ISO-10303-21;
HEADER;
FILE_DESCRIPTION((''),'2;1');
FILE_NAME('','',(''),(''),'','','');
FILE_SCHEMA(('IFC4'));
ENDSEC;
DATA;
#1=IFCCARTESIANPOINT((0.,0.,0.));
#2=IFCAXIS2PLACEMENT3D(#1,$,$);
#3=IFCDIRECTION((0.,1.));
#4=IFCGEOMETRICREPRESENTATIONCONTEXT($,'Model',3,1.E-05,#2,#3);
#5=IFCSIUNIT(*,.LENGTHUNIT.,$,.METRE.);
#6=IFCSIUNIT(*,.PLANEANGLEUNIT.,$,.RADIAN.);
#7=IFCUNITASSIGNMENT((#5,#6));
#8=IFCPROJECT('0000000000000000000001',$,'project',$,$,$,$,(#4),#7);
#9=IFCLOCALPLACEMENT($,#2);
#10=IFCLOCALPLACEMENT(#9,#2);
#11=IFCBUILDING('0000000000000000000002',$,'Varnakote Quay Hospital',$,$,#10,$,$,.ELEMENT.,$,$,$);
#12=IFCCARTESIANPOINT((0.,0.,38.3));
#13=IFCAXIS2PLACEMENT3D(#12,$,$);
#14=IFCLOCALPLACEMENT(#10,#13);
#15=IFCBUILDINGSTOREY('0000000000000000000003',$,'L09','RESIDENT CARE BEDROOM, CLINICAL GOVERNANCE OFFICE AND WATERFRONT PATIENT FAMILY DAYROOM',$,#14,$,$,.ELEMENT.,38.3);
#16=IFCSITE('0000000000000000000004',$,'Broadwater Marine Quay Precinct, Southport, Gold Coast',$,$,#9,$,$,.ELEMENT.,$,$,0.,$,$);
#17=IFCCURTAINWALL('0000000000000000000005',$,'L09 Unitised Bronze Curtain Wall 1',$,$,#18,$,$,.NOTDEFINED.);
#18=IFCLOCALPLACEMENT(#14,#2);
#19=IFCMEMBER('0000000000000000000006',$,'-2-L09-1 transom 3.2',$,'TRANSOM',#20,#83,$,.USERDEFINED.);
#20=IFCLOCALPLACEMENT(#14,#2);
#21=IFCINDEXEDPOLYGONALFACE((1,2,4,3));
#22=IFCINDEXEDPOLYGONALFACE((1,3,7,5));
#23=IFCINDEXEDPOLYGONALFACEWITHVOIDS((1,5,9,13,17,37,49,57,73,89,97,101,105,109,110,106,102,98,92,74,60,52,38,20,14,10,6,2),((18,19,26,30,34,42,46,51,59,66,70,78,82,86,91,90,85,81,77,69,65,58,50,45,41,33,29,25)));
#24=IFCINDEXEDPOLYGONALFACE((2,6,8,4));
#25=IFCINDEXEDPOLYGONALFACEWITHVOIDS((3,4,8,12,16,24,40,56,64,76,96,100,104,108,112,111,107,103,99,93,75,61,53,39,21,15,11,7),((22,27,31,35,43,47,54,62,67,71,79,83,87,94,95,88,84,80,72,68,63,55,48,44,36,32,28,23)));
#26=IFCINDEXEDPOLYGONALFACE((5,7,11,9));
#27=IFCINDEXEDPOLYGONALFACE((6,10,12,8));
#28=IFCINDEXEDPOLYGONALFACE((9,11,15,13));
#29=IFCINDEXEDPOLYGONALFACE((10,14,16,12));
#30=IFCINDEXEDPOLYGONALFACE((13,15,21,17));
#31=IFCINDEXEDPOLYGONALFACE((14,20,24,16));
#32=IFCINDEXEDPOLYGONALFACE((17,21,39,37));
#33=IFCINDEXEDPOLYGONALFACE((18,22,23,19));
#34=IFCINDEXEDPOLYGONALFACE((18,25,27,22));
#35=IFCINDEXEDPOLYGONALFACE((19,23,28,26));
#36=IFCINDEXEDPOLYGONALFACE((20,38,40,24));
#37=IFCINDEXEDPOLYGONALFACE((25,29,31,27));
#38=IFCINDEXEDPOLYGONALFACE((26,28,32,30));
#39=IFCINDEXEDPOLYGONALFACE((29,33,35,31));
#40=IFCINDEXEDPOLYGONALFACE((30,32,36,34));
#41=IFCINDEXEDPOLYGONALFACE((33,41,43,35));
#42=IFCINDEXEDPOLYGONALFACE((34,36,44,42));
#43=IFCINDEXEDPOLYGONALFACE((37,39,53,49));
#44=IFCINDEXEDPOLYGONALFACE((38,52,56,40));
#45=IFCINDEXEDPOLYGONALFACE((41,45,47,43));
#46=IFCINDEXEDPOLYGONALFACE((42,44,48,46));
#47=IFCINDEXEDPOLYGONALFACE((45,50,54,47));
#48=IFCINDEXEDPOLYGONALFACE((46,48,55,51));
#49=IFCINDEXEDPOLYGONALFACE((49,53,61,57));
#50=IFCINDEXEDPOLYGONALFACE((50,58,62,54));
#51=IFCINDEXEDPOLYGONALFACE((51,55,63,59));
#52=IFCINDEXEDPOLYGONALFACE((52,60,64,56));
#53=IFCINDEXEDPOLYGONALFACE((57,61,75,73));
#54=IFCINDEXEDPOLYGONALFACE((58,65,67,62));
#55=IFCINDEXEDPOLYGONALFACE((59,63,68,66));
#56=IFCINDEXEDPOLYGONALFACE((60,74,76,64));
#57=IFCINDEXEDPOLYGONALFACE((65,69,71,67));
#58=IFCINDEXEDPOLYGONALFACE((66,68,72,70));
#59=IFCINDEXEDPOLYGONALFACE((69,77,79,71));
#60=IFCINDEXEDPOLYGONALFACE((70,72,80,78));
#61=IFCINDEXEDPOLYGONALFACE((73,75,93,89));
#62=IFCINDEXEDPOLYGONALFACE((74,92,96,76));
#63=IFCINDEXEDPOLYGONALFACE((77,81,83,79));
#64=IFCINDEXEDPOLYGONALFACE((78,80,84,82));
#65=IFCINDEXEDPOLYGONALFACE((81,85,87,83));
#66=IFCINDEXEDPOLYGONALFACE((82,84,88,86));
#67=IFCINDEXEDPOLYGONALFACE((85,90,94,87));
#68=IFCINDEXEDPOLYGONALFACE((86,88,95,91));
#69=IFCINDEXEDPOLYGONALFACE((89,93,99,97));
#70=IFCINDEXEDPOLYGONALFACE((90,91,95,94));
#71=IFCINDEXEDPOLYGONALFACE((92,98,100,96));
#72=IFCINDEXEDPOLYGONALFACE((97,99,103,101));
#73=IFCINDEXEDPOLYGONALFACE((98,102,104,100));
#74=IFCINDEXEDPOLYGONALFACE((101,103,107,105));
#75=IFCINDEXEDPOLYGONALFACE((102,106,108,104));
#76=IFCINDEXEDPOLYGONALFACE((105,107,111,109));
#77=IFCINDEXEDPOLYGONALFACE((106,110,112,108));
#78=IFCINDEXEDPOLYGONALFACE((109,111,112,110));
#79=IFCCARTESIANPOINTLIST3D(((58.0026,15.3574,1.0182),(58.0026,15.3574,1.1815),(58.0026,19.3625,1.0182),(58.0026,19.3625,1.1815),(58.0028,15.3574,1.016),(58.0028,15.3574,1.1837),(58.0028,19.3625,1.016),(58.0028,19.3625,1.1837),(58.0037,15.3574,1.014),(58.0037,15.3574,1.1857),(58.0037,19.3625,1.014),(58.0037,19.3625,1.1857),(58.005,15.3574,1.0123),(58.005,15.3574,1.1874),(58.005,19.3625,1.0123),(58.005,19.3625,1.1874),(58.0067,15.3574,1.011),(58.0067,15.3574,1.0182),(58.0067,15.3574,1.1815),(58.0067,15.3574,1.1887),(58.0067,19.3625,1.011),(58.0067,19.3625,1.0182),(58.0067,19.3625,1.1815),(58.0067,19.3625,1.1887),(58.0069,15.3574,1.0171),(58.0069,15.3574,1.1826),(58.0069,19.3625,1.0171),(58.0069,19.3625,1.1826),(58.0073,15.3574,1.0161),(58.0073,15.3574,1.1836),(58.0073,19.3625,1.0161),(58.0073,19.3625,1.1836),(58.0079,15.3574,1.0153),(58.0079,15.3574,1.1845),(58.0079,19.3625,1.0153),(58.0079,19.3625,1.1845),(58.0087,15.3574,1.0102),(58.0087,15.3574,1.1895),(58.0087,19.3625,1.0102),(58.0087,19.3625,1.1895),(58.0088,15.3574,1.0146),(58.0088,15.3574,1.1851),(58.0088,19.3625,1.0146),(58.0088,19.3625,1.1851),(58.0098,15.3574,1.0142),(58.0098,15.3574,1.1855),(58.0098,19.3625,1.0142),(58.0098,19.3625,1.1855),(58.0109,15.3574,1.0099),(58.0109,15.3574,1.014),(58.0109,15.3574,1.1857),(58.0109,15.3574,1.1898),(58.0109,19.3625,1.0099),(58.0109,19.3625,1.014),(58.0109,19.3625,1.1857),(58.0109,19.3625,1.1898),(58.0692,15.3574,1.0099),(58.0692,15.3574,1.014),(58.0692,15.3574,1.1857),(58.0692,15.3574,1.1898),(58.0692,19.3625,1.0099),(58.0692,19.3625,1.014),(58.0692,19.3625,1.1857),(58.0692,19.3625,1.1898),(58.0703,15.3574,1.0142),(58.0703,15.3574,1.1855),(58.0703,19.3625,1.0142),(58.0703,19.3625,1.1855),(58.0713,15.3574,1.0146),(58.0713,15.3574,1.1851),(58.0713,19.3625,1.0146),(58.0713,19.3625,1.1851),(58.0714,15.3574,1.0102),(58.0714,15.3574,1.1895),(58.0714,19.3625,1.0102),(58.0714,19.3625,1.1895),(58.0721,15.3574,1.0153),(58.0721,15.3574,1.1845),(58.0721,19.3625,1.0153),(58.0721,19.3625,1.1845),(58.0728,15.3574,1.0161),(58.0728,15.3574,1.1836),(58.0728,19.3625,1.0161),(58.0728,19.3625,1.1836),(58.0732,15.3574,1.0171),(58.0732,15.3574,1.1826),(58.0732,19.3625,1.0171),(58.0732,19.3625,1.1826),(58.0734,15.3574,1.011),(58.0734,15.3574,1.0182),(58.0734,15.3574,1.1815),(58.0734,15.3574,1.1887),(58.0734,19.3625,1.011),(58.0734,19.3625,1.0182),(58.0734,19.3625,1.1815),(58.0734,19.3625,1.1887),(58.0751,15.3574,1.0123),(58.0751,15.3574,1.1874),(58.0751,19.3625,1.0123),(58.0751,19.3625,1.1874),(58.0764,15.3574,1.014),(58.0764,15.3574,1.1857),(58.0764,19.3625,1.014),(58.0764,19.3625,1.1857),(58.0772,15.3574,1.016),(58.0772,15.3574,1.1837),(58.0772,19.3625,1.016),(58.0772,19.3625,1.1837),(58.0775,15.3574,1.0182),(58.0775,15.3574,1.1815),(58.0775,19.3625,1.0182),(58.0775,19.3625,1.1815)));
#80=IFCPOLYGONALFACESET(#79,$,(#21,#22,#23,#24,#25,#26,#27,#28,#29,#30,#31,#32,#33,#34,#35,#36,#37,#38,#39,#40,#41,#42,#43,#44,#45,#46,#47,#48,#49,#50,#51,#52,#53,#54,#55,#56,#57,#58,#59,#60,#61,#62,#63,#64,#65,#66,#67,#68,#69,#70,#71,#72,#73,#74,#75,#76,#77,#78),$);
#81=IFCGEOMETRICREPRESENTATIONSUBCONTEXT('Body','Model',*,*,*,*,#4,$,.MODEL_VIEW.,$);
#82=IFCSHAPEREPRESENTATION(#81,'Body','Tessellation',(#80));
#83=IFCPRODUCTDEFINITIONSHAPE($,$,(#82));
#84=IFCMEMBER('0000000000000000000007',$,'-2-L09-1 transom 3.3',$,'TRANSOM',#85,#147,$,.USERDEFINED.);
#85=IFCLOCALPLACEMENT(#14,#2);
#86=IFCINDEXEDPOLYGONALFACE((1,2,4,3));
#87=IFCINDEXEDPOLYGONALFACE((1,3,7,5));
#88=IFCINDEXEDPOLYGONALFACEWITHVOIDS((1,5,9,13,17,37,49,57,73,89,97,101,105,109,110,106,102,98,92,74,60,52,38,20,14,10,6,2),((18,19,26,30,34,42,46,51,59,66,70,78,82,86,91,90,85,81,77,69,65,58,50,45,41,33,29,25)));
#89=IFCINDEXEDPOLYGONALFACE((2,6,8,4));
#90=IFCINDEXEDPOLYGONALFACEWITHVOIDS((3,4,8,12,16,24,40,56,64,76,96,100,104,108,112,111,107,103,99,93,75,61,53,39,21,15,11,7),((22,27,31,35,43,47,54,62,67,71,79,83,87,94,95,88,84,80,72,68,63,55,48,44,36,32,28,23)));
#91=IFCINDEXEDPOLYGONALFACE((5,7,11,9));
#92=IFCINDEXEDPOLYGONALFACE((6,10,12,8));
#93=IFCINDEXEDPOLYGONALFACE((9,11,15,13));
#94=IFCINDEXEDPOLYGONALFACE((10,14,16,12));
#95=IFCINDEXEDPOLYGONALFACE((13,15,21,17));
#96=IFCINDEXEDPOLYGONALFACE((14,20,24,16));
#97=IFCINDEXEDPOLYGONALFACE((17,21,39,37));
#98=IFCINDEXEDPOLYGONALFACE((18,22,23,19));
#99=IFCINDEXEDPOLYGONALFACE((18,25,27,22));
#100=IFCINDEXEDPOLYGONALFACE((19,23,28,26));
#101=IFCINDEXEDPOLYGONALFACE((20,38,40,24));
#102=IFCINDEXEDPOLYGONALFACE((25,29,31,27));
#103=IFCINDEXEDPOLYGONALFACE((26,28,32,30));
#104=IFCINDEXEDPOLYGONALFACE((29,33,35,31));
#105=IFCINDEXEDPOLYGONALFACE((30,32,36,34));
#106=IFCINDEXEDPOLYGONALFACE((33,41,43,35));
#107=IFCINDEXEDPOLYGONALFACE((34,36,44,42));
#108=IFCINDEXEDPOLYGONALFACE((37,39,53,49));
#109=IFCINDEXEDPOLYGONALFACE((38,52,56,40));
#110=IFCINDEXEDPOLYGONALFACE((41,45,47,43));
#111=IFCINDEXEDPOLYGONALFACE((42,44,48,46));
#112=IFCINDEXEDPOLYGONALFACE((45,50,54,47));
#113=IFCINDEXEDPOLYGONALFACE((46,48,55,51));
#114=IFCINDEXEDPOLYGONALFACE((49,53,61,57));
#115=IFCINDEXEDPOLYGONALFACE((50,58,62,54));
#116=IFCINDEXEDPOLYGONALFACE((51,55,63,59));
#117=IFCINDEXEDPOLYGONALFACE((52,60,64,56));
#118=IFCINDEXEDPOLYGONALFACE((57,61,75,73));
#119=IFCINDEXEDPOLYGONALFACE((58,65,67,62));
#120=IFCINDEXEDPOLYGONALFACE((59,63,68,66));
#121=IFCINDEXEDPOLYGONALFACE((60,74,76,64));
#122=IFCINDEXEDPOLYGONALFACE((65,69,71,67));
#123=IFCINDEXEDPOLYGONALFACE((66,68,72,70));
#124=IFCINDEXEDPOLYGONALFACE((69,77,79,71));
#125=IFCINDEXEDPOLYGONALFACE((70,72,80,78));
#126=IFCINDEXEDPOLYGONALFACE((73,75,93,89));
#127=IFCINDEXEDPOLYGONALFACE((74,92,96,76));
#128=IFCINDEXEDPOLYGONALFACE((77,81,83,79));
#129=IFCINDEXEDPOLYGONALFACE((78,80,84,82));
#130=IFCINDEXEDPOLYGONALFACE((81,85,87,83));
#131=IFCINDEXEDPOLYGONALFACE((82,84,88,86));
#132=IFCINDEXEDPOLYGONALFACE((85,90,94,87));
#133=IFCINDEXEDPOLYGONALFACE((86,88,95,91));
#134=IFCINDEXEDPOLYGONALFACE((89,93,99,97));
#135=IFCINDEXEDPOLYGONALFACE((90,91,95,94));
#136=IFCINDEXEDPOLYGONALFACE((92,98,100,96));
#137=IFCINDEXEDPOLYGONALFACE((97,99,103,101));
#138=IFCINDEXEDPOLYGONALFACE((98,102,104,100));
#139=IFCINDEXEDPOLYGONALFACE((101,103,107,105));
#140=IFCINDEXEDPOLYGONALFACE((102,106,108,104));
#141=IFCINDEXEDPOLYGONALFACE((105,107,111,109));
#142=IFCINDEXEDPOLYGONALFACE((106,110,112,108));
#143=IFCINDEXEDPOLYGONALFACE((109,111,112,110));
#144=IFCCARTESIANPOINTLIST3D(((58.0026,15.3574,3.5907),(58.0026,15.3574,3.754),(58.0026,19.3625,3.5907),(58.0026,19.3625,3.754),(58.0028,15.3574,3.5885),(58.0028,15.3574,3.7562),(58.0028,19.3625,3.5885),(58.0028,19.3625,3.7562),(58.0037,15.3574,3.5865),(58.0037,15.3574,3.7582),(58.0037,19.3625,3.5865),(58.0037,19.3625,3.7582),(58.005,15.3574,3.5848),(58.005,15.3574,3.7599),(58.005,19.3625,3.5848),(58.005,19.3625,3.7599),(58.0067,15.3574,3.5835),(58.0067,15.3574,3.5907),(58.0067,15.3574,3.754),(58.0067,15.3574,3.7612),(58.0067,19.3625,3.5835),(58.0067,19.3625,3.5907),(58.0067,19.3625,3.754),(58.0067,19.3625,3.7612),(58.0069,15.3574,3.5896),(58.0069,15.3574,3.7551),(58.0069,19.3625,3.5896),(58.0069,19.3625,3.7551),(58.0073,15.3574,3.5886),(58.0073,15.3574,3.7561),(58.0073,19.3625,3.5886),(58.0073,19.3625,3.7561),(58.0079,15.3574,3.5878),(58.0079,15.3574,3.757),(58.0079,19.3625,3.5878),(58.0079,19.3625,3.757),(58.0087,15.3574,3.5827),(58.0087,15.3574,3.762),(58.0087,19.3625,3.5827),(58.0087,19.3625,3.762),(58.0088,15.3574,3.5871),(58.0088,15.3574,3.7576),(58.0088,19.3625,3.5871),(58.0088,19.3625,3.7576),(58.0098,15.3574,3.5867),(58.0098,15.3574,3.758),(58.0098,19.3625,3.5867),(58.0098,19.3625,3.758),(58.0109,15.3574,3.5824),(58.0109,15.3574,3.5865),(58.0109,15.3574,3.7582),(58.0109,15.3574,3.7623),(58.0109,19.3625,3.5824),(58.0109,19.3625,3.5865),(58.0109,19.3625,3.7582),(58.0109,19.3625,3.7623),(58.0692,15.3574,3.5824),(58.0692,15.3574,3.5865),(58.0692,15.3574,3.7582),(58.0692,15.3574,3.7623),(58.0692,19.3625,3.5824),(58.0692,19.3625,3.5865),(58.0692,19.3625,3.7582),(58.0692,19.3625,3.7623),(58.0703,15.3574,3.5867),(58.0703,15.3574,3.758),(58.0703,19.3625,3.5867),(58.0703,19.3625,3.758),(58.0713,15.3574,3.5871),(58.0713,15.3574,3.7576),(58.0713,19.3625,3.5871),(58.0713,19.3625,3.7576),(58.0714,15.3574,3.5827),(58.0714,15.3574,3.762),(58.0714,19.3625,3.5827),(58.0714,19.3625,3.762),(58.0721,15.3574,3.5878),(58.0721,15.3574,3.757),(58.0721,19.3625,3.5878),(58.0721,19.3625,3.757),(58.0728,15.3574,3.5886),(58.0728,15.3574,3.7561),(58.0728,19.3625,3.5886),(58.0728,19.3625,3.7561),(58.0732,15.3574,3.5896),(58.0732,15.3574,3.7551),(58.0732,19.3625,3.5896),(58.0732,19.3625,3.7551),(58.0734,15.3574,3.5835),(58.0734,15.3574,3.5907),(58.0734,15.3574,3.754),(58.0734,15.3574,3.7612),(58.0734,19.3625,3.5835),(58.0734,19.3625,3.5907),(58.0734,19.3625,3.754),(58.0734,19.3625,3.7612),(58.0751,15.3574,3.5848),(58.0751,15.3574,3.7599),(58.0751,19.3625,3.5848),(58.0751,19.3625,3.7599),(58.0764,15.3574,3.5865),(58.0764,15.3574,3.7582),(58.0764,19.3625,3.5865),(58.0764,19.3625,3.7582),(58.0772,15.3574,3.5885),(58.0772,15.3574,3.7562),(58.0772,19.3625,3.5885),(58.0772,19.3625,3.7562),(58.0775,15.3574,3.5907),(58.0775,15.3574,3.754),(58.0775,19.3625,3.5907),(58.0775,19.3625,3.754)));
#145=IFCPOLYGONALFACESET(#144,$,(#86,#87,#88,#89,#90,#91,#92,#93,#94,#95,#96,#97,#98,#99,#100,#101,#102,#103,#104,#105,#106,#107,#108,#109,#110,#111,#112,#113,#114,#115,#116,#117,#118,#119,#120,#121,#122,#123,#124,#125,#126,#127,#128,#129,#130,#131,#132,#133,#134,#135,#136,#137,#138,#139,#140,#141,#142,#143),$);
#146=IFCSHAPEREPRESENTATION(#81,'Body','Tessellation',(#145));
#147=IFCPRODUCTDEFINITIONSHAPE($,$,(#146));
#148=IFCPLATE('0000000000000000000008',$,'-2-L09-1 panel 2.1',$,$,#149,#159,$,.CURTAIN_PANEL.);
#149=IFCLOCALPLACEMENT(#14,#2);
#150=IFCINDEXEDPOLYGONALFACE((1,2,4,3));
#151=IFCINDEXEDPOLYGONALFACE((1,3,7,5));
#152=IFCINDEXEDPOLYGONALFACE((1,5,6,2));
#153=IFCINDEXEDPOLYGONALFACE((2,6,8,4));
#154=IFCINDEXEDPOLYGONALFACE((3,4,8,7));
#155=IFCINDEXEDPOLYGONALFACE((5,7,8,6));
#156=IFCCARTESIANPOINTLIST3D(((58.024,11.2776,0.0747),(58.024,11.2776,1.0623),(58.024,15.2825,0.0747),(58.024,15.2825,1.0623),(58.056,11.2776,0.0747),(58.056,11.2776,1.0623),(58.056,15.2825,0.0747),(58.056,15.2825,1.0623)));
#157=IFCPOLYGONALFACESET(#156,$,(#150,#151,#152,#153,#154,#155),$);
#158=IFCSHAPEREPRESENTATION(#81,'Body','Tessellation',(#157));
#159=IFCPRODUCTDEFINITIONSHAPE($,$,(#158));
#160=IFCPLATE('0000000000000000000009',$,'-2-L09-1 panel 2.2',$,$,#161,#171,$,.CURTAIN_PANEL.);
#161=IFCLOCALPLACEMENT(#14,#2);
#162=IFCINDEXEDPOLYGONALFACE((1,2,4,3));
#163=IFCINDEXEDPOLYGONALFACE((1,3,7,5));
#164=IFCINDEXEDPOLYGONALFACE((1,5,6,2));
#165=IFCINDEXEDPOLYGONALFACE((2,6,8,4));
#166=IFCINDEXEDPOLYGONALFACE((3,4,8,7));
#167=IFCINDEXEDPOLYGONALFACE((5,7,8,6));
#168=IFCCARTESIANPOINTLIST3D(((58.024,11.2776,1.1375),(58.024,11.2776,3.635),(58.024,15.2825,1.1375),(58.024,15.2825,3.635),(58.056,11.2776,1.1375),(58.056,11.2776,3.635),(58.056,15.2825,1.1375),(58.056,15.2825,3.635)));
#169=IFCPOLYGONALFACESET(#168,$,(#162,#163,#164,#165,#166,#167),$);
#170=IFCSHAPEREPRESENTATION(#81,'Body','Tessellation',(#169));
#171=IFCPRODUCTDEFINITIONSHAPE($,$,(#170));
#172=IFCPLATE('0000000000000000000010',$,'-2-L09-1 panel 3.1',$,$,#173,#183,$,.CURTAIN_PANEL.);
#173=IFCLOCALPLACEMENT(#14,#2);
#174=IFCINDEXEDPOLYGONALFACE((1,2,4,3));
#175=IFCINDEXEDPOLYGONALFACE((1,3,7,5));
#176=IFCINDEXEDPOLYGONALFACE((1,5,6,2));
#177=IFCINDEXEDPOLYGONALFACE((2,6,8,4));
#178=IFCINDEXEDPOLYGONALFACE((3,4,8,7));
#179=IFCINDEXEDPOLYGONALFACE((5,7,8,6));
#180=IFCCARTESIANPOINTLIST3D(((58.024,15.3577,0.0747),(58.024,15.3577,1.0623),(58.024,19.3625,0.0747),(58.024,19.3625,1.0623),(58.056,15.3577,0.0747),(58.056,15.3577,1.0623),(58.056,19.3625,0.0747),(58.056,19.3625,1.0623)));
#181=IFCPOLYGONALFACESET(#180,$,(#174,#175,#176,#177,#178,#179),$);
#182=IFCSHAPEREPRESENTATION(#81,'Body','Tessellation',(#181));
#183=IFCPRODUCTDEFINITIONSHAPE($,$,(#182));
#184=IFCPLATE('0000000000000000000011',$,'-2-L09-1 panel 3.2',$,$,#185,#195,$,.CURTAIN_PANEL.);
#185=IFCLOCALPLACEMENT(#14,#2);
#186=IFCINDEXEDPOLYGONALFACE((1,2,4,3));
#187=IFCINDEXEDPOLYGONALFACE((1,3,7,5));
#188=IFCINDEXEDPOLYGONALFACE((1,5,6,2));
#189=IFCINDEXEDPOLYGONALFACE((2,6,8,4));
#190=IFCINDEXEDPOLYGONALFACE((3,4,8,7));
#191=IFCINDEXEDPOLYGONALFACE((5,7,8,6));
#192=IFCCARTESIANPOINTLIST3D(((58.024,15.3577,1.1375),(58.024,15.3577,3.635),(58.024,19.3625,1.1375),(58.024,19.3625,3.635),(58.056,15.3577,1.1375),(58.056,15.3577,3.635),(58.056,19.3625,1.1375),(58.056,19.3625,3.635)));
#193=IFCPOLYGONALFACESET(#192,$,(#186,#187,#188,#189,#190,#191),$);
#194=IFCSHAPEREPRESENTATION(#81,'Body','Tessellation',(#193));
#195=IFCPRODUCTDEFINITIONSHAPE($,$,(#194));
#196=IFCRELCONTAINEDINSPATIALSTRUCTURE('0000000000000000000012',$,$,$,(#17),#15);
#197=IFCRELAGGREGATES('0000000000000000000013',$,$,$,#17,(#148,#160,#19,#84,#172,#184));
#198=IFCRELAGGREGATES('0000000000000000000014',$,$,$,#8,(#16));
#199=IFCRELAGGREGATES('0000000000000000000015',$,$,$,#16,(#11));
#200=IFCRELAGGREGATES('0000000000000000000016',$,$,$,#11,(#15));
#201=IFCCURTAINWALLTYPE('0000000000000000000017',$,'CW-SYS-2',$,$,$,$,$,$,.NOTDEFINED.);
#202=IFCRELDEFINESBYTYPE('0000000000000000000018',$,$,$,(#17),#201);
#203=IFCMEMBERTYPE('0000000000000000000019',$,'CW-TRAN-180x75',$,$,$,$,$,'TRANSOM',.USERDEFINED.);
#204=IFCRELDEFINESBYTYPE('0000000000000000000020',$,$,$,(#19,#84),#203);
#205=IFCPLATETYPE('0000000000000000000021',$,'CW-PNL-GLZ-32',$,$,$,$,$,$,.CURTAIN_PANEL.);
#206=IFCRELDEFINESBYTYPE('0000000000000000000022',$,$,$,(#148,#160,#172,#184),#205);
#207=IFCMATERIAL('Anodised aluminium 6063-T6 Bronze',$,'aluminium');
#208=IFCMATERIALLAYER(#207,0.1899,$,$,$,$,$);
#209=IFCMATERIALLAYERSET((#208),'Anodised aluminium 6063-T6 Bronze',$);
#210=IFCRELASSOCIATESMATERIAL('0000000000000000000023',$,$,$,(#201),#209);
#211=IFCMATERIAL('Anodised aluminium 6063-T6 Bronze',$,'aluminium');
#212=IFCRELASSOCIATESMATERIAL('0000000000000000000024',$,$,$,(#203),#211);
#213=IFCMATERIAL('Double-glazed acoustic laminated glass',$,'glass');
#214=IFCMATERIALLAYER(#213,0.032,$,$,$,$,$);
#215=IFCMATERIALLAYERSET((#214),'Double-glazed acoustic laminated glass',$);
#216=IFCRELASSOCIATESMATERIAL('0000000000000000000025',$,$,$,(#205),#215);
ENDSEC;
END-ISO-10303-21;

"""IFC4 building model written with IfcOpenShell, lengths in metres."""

from ifc_helpers import new_model, si_unit, direction, frame, origin, origin_2d, place, context, subcontext, project, spatial, rectangle, hollow_rectangle, extrude, material, layer, layer_set, material_profile, profile_set, type_object, element, aggregate, save


model = new_model("IFC4")

# Units and contexts
model_context = context("Model", 3, precision=1e-05, world=origin(), true_north=direction((0.0, 1.0)))
body_context = subcontext(model_context, "Body", "Model", "MODEL_VIEW")
ifc_project = project(units=[si_unit("LENGTHUNIT", "METRE"), si_unit("PLANEANGLEUNIT", "RADIAN")], contexts=[model_context])

# Site, building, storey
site_placement = place(None, origin())
site = spatial("IfcSite", under=ifc_project, at=site_placement, Name="Broadwater Marine Quay Precinct, Southport, Gold Coast", CompositionType="ELEMENT", RefElevation=0.0)
building_placement = place(site_placement, origin())
building = spatial("IfcBuilding", under=site, at=building_placement, Name="Varnakote Quay Hospital", CompositionType="ELEMENT")
storey_placement = place(building_placement, frame((0.0, 0.0, 38.3)))
storey = spatial("IfcBuildingStorey", under=building, at=storey_placement, Name="L09", Description="RESIDENT CARE BEDROOM, CLINICAL GOVERNANCE OFFICE AND WATERFRONT PATIENT FAMILY DAYROOM", CompositionType="ELEMENT", Elevation=38.3)

# Curtain wall, members, plates
ifc_material_1 = material(Name="Anodised aluminium 6063-T6 Bronze", Category="aluminium")
ifc_layer_1 = layer(ifc_material_1, 0.1899)
ifc_layer_set_1 = layer_set([ifc_layer_1], Name="Anodised aluminium 6063-T6 Bronze")
curtain_wall_type = type_object("IfcCurtainWallType", Name="CW-SYS-2", PredefinedType="NOTDEFINED", material=ifc_layer_set_1)
curtain_wall_placement = place(storey_placement, origin())
curtain_wall = element("IfcCurtainWall", 1, at=curtain_wall_placement, inside=storey, type_object=curtain_wall_type, Name="L09 Unitised Bronze Curtain Wall 1", PredefinedType="NOTDEFINED")
ifc_material_2 = material(Name="Anodised aluminium 6063-T6 Bronze", Category="aluminium")
ifc_material_profile_1 = material_profile(ifc_material_2, hollow_rectangle(XDim=0.075, YDim=0.1799, WallThickness=0.0042, InnerFilletRadius=0.0042, OuterFilletRadius=0.0083, at=origin_2d()), Name="CW-TRAN-180x75")
ifc_profile_set_1 = profile_set([ifc_material_profile_1], Name="Anodised aluminium 6063-T6 Bronze")
member_type_1 = type_object("IfcMemberType", Name="CW-TRAN-180x75", ElementType="TRANSOM", PredefinedType="USERDEFINED", material=ifc_profile_set_1)
member_1_placement = place(storey_placement, frame((58.04, 15.3574, 1.0999), z_axis=(0.0, 1.0, 0.0), x_axis=(-1.0, 0.0, 0.0)))
member_1 = element("IfcMember", 2, at=member_1_placement, type_object=member_type_1, Name="-2-L09-1 transom 3.2", ObjectType="TRANSOM", PredefinedType="USERDEFINED", context=body_context, shape_type="SweptSolid", body=[
    extrude(hollow_rectangle(XDim=0.075, YDim=0.1799, WallThickness=0.0042, InnerFilletRadius=0.0042, OuterFilletRadius=0.0083, at=origin_2d()), origin(), (0.0, 0.0, 1.0), 4.0051),
])
member_2_placement = place(storey_placement, frame((58.04, 15.3574, 3.6724), z_axis=(0.0, 1.0, 0.0), x_axis=(-1.0, 0.0, 0.0)))
member_2 = element("IfcMember", 3, at=member_2_placement, type_object=member_type_1, Name="-2-L09-1 transom 3.3", ObjectType="TRANSOM", PredefinedType="USERDEFINED", context=body_context, shape_type="SweptSolid", body=[
    extrude(hollow_rectangle(XDim=0.075, YDim=0.1799, WallThickness=0.0042, InnerFilletRadius=0.0042, OuterFilletRadius=0.0083, at=origin_2d()), origin(), (0.0, 0.0, 1.0), 4.0051),
])
ifc_material_3 = material(Name="Double-glazed acoustic laminated glass", Category="glass")
ifc_layer_2 = layer(ifc_material_3, 0.032)
ifc_layer_set_2 = layer_set([ifc_layer_2], Name="Double-glazed acoustic laminated glass")
plate_type = type_object("IfcPlateType", Name="CW-PNL-GLZ-32", PredefinedType="CURTAIN_PANEL", material=ifc_layer_set_2)
plate_1_placement = place(storey_placement, frame((58.04, 13.28, 0.0747), z_axis=(0.0, 0.0, 1.0), x_axis=(0.0, 1.0, 0.0)))
plate_1 = element("IfcPlate", 4, at=plate_1_placement, type_object=plate_type, Name="-2-L09-1 panel 2.1", PredefinedType="CURTAIN_PANEL", context=body_context, shape_type="SweptSolid", body=[
    extrude(rectangle(XDim=4.0049, YDim=0.032, at=origin_2d()), origin(), (0.0, 0.0, 1.0), 0.9875),
])
plate_2_placement = place(storey_placement, frame((58.04, 13.28, 1.1375), z_axis=(0.0, 0.0, 1.0), x_axis=(0.0, 1.0, 0.0)))
plate_2 = element("IfcPlate", 5, at=plate_2_placement, type_object=plate_type, Name="-2-L09-1 panel 2.2", PredefinedType="CURTAIN_PANEL", context=body_context, shape_type="SweptSolid", body=[
    extrude(rectangle(XDim=4.0049, YDim=0.032, at=origin_2d()), origin(), (0.0, 0.0, 1.0), 2.4976),
])
plate_3_placement = place(storey_placement, frame((58.04, 17.3601, 0.0747), z_axis=(0.0, 0.0, 1.0), x_axis=(0.0, 1.0, 0.0)))
plate_3 = element("IfcPlate", 6, at=plate_3_placement, type_object=plate_type, Name="-2-L09-1 panel 3.1", PredefinedType="CURTAIN_PANEL", context=body_context, shape_type="SweptSolid", body=[
    extrude(rectangle(XDim=4.0049, YDim=0.032, at=origin_2d()), origin(), (0.0, 0.0, 1.0), 0.9875),
])
plate_4_placement = place(storey_placement, frame((58.04, 17.3601, 1.1375), z_axis=(0.0, 0.0, 1.0), x_axis=(0.0, 1.0, 0.0)))
plate_4 = element("IfcPlate", 7, at=plate_4_placement, type_object=plate_type, Name="-2-L09-1 panel 3.2", PredefinedType="CURTAIN_PANEL", context=body_context, shape_type="SweptSolid", body=[
    extrude(rectangle(XDim=4.0049, YDim=0.032, at=origin_2d()), origin(), (0.0, 0.0, 1.0), 2.4976),
])
aggregate(curtain_wall, [plate_1, plate_2, member_1, member_2, plate_3, plate_4])

save(model, "model.ifc")
